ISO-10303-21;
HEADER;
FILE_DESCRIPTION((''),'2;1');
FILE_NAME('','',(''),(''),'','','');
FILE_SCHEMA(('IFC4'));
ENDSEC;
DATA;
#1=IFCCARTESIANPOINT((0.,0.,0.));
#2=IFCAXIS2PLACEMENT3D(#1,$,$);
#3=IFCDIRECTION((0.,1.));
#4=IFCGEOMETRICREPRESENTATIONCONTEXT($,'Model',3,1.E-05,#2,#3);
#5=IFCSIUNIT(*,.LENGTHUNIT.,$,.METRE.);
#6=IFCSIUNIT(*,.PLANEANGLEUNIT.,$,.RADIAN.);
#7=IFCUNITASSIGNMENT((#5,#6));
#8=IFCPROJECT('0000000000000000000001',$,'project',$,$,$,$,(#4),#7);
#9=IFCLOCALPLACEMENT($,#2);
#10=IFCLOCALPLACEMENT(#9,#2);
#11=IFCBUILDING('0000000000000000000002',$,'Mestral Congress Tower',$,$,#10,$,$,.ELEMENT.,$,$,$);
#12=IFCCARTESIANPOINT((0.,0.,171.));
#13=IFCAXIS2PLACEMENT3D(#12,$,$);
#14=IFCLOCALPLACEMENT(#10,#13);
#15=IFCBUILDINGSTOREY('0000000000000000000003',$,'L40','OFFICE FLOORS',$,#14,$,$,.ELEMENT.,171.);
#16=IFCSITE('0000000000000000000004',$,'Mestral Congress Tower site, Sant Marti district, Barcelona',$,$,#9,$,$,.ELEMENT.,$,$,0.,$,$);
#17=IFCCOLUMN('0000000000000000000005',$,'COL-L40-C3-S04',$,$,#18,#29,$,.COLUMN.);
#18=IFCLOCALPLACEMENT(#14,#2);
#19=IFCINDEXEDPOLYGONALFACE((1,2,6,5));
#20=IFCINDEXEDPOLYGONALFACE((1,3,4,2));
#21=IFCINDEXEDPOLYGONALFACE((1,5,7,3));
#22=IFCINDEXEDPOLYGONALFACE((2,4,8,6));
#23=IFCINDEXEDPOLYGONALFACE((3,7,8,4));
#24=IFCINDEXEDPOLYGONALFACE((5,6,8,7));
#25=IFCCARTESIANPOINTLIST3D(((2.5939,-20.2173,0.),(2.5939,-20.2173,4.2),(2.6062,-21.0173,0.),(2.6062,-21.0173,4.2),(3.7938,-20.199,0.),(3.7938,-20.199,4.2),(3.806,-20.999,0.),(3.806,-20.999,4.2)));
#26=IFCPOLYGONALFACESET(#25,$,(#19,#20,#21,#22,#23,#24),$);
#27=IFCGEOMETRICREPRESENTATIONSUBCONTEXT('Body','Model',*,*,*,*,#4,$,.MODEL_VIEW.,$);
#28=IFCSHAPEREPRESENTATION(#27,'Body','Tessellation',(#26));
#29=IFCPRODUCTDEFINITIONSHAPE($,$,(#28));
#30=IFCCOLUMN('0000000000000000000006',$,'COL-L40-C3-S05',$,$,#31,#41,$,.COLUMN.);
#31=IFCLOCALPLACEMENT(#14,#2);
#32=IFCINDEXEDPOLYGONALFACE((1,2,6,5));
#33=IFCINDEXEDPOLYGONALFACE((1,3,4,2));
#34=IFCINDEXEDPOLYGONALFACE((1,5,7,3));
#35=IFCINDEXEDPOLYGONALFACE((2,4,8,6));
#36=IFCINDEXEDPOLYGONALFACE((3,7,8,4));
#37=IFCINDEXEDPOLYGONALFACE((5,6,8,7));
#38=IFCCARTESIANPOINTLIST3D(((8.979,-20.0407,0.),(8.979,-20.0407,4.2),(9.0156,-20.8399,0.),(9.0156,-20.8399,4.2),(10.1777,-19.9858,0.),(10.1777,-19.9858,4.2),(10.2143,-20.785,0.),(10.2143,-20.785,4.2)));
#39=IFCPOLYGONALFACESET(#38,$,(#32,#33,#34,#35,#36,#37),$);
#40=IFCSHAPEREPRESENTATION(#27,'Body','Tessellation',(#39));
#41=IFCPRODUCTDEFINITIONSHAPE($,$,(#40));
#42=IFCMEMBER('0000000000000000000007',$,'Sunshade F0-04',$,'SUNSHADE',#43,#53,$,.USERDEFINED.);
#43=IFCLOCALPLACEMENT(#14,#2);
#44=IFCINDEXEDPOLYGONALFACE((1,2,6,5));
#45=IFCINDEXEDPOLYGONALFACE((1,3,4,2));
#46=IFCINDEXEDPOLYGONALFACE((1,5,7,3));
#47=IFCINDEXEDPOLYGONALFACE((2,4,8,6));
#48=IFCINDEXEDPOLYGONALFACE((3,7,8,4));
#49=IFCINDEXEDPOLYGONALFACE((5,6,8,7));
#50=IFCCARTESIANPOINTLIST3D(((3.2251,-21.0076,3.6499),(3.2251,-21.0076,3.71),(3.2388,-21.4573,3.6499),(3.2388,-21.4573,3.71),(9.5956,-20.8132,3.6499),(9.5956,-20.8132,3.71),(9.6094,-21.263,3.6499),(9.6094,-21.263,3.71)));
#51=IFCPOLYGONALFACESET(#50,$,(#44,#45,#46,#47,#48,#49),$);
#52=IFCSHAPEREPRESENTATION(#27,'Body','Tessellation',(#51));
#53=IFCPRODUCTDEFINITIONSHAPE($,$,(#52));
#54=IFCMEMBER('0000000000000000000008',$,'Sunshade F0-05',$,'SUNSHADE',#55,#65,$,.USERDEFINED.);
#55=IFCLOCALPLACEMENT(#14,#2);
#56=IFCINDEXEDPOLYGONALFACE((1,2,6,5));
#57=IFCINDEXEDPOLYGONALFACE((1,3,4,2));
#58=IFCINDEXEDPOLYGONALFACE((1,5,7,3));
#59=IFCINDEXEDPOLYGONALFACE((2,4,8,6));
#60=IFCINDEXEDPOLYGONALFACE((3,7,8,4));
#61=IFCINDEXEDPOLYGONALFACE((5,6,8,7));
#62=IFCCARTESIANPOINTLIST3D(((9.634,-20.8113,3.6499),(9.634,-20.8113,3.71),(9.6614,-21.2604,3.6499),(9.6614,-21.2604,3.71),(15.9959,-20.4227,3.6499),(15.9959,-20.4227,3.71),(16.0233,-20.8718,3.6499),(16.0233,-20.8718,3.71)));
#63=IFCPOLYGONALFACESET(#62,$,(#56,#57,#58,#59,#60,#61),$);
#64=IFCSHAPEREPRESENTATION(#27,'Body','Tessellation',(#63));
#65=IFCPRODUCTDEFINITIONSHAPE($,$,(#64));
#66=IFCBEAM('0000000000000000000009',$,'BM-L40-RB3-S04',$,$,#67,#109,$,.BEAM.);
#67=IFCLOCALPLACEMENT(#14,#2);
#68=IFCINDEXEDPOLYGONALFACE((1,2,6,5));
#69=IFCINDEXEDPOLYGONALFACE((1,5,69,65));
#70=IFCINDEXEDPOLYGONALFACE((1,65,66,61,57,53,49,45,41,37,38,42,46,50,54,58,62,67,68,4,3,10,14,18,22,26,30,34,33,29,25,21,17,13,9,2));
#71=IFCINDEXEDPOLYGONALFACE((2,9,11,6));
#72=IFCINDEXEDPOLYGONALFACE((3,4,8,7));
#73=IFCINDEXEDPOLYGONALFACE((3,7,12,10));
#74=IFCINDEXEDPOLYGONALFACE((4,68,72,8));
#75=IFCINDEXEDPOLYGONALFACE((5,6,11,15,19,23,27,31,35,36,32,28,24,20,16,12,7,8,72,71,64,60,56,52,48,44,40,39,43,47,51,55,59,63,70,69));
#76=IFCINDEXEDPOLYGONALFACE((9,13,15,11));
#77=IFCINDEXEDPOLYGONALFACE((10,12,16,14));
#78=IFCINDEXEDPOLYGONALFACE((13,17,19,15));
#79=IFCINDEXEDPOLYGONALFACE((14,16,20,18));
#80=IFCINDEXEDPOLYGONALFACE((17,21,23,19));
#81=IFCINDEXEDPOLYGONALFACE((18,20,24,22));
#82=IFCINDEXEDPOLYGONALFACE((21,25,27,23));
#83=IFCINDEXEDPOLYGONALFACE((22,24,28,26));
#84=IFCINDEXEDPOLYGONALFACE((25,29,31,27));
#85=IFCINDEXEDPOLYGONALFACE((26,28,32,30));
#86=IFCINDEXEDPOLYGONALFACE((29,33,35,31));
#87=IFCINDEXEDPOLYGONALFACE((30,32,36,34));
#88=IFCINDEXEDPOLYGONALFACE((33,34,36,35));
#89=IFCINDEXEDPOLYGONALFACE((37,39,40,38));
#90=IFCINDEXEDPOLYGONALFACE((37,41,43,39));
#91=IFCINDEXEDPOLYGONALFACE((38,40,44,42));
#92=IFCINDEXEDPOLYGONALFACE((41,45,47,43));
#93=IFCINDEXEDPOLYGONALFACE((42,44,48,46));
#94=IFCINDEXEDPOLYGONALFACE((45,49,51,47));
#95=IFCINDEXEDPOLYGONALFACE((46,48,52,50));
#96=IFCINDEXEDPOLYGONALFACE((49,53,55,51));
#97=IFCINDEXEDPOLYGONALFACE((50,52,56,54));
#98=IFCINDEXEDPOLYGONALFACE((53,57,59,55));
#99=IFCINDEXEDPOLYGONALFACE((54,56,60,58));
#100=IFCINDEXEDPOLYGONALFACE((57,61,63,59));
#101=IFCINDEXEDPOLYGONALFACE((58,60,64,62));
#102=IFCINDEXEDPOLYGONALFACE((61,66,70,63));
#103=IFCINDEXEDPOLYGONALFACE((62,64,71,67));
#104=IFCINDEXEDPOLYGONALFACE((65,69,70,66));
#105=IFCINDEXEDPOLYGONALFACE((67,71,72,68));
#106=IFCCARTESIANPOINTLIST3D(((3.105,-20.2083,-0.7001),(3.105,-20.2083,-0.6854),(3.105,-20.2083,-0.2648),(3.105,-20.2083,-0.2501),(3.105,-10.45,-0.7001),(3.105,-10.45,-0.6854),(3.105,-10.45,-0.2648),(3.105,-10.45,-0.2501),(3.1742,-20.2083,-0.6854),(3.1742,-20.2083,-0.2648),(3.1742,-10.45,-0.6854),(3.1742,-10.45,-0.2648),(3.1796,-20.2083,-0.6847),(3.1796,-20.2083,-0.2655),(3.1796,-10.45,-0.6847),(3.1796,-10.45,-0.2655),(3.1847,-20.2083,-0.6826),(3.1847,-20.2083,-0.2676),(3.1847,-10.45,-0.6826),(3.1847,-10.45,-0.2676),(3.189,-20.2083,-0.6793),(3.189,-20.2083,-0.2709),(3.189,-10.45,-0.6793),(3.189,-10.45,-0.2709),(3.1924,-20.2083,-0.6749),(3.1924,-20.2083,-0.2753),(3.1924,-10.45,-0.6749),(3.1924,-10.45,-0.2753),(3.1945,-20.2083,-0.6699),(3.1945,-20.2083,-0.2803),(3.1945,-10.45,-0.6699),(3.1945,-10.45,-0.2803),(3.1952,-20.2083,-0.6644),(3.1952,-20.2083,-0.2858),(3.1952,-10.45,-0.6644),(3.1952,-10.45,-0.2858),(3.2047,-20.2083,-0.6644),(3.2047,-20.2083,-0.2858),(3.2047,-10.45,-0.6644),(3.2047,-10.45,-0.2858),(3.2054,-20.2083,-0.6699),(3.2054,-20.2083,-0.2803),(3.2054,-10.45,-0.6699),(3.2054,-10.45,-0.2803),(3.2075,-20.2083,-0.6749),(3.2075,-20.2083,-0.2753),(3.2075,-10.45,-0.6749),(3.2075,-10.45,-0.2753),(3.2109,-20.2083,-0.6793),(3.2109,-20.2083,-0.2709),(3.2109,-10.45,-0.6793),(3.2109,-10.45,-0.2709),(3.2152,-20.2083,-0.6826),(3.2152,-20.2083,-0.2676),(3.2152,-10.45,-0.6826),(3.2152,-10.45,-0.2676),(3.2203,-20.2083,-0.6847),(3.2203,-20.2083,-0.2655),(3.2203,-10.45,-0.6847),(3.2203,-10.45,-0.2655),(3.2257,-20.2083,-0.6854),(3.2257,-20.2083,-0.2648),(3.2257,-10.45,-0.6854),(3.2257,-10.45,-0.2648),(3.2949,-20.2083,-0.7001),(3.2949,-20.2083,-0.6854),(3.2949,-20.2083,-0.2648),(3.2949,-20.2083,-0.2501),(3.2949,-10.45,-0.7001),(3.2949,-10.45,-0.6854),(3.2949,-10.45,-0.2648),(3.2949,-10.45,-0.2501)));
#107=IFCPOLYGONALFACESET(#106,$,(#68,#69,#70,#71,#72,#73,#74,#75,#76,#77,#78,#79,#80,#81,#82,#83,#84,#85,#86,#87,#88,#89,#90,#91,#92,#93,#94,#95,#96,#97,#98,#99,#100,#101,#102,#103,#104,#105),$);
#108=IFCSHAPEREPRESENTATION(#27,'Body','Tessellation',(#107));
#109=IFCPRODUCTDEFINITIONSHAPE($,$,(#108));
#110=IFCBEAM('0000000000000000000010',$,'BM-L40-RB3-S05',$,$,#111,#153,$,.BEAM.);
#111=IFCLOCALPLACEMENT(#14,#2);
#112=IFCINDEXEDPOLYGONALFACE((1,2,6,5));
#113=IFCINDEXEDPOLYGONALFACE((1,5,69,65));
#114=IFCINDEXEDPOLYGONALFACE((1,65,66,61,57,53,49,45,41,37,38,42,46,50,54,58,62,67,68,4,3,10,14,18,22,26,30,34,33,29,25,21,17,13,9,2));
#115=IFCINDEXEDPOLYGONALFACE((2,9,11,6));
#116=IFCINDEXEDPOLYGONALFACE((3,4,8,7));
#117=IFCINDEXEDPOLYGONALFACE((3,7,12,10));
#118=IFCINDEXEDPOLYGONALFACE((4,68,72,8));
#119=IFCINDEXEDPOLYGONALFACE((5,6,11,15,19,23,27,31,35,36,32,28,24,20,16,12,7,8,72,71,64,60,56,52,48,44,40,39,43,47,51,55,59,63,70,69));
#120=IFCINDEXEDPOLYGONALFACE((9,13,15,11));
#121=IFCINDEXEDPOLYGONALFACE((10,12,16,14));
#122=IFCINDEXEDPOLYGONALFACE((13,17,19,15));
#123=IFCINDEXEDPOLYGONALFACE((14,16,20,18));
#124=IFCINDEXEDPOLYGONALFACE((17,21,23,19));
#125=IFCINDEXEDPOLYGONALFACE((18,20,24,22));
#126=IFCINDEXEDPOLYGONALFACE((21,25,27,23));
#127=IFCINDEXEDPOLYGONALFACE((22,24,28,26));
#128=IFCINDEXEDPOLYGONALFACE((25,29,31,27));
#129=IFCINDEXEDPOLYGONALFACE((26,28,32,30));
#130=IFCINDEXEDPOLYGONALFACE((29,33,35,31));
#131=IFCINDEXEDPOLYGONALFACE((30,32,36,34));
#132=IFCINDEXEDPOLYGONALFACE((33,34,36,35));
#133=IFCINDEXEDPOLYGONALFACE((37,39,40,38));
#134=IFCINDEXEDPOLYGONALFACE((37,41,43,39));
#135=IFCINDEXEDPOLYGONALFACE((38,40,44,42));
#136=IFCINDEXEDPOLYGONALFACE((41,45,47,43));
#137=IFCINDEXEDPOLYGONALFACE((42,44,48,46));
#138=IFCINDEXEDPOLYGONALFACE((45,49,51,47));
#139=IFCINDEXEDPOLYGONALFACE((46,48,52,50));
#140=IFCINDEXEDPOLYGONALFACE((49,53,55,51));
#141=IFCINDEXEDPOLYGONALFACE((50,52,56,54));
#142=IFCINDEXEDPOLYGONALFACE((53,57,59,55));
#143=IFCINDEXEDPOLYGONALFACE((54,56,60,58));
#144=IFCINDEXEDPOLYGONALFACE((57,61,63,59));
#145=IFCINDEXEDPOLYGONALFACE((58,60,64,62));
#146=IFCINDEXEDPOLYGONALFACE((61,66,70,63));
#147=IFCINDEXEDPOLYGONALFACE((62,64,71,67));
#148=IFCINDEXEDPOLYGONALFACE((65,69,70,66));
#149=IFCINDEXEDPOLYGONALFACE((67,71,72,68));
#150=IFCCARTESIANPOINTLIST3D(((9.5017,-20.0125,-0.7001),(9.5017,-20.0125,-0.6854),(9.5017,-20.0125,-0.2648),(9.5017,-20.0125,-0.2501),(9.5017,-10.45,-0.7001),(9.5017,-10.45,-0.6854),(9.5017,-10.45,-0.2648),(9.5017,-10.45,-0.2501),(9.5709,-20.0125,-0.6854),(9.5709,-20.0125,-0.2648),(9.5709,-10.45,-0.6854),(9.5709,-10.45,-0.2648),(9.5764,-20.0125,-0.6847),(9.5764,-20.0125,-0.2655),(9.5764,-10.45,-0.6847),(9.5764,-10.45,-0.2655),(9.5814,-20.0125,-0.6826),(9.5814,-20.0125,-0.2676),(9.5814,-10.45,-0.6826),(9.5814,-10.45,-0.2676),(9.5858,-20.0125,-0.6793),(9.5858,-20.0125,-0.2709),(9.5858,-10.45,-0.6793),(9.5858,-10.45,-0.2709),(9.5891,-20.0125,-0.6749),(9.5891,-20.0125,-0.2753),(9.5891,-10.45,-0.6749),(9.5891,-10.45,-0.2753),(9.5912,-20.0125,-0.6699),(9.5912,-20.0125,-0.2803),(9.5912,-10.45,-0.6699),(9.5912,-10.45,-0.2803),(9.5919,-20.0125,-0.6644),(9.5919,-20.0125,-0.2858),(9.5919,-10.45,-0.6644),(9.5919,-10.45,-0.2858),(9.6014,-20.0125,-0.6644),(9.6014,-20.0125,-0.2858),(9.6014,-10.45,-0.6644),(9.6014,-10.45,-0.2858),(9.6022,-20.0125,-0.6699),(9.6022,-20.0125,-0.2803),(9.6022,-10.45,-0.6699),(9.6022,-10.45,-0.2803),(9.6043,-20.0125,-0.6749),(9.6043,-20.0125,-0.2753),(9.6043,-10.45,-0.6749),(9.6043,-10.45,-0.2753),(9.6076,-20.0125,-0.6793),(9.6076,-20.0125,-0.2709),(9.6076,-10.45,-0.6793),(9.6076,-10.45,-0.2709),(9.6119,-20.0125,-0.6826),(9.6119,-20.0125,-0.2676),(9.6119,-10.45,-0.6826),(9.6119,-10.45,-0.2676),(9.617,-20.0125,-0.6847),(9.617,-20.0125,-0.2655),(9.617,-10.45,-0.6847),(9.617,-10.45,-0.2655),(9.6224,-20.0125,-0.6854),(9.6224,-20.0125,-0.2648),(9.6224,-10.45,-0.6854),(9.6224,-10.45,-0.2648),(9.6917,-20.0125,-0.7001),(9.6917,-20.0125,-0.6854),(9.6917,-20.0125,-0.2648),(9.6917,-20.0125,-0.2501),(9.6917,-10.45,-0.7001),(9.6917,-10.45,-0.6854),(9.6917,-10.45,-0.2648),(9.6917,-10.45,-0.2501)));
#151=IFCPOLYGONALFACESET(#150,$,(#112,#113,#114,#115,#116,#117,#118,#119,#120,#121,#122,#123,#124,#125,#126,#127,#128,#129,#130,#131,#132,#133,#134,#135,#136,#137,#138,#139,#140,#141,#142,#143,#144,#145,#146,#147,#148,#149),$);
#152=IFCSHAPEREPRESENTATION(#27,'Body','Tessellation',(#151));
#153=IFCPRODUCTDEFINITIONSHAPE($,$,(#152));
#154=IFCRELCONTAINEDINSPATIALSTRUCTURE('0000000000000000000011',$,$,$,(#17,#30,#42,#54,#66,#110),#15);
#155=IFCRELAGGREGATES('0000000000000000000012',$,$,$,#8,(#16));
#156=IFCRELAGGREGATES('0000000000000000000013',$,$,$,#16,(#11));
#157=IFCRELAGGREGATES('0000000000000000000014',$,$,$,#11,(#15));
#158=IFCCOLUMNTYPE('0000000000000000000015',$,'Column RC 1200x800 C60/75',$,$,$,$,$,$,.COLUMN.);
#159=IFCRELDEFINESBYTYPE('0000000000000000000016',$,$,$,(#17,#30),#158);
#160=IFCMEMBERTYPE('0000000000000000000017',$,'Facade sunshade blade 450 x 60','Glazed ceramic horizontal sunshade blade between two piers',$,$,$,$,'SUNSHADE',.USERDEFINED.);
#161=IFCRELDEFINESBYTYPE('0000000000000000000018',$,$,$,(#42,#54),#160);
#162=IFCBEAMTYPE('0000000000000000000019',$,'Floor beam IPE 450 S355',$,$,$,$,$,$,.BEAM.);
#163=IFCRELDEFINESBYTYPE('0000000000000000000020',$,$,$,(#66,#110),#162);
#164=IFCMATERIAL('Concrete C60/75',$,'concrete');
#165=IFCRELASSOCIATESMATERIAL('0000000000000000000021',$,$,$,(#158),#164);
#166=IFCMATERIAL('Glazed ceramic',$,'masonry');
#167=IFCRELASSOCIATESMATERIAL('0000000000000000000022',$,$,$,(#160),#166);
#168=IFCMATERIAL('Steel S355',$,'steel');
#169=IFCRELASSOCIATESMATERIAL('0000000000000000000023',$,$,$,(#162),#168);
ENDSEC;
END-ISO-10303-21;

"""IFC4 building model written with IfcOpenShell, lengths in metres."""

from ifc_helpers import new_model, si_unit, direction, frame, origin, origin_2d, place, context, subcontext, project, spatial, rectangle, i_section, extrude, material, material_profile, profile_set, type_object, element, save


model = new_model("IFC4")

# Units and contexts
model_context = context("Model", 3, precision=1e-05, world=origin(), true_north=direction((0.0, 1.0)))
body_context = subcontext(model_context, "Body", "Model", "MODEL_VIEW")
ifc_project = project(units=[si_unit("LENGTHUNIT", "METRE"), si_unit("PLANEANGLEUNIT", "RADIAN")], contexts=[model_context])

# Site, building, storey
site_placement = place(None, origin())
site = spatial("IfcSite", under=ifc_project, at=site_placement, Name="Mestral Congress Tower site, Sant Marti district, Barcelona", CompositionType="ELEMENT", RefElevation=0.0)
building_placement = place(site_placement, origin())
building = spatial("IfcBuilding", under=site, at=building_placement, Name="Mestral Congress Tower", CompositionType="ELEMENT")
storey_placement = place(building_placement, frame((0.0, 0.0, 171.0)))
storey = spatial("IfcBuildingStorey", under=building, at=storey_placement, Name="L40", Description="OFFICE FLOORS", CompositionType="ELEMENT", Elevation=171.0)

# Columns
ifc_material_1 = material(Name="Concrete C60/75", Category="concrete")
ifc_material_profile_1 = material_profile(ifc_material_1, rectangle(XDim=1.2, YDim=0.8, at=origin_2d()), Name="RC 1200x800")
ifc_profile_set_1 = profile_set([ifc_material_profile_1], Name="Concrete C60/75")
column_type = type_object("IfcColumnType", Name="Column RC 1200x800 C60/75", PredefinedType="COLUMN", material=ifc_profile_set_1)
for number, where, z_axis, x_axis, name in (
    (1, (3.2, -20.6082, 0.0), (0.0, 0.0, 1.0), (0.999884, 0.015262, 0.0), "COL-L40-C3-S04"),
    (2, (9.5967, -20.4128, 0.0), (0.0, 0.0, 1.0), (0.998952, 0.045771, 0.0), "COL-L40-C3-S05"),
):
    element("IfcColumn", number, at=place(storey_placement, frame(where, z_axis=z_axis, x_axis=x_axis)), inside=storey, type_object=column_type, Name=name, PredefinedType="COLUMN", context=body_context, shape_type="SweptSolid", body=[
        extrude(rectangle(XDim=1.2, YDim=0.8, at=origin_2d()), origin(), (0.0, 0.0, 1.0), 4.2),
    ])

# Members
ifc_material_2 = material(Name="Glazed ceramic", Category="masonry")
ifc_material_profile_2 = material_profile(ifc_material_2, rectangle(XDim=0.45, YDim=0.0601, at=origin_2d()), Name="Ceramic blade 450 x 60")
ifc_profile_set_2 = profile_set([ifc_material_profile_2], Name="Glazed ceramic")
member_type = type_object("IfcMemberType", Name="Facade sunshade blade 450 x 60", Description="Glazed ceramic horizontal sunshade blade between two piers", ElementType="SUNSHADE", PredefinedType="USERDEFINED", material=ifc_profile_set_2)
member_1_placement = place(storey_placement, frame((3.2319, -21.2324, 3.6799), z_axis=(0.999535, 0.030491, 0.0), x_axis=(-0.030491, 0.999535, 0.0)))
element("IfcMember", 3, at=member_1_placement, inside=storey, type_object=member_type, Name="Sunshade F0-04", ObjectType="SUNSHADE", PredefinedType="USERDEFINED", context=body_context, shape_type="SweptSolid", body=[
    extrude(rectangle(XDim=0.45, YDim=0.0601, at=origin_2d()), origin(), (0.0, 0.0, 1.0), 6.3735),
])
member_2_placement = place(storey_placement, frame((9.6477, -21.0359, 3.6799), z_axis=(0.998139, 0.060981, 0.0), x_axis=(-0.060981, 0.998139, 0.0)))
element("IfcMember", 4, at=member_2_placement, inside=storey, type_object=member_type, Name="Sunshade F0-05", ObjectType="SUNSHADE", PredefinedType="USERDEFINED", context=body_context, shape_type="SweptSolid", body=[
    extrude(rectangle(XDim=0.45, YDim=0.0601, at=origin_2d()), origin(), (0.0, 0.0, 1.0), 6.3738),
])

# Beams
ifc_material_3 = material(Name="Steel S355", Category="steel")
ifc_material_profile_3 = material_profile(ifc_material_3, i_section(OverallWidth=0.1899, OverallDepth=0.45, WebThickness=0.0095, FlangeThickness=0.0146, FilletRadius=0.021, at=origin_2d()), Name="IPE 450")
ifc_profile_set_3 = profile_set([ifc_material_profile_3], Name="Steel S355")
beam_type_1 = type_object("IfcBeamType", Name="Floor beam IPE 450 S355", PredefinedType="BEAM", material=ifc_profile_set_3)
beam_1_placement = place(storey_placement, frame((3.2, -20.2083, -0.4751), z_axis=(0.0, 1.0, 0.0), x_axis=(-1.0, 0.0, 0.0)))
element("IfcBeam", 5, at=beam_1_placement, inside=storey, type_object=beam_type_1, Name="BM-L40-RB3-S04", PredefinedType="BEAM", context=body_context, shape_type="SweptSolid", body=[
    extrude(i_section(OverallWidth=0.1899, OverallDepth=0.45, WebThickness=0.0095, FlangeThickness=0.0146, FilletRadius=0.021, at=origin_2d()), origin(), (0.0, 0.0, 1.0), 9.7583),
])
beam_2_placement = place(storey_placement, frame((9.5967, -20.0125, -0.4751), z_axis=(0.0, 1.0, 0.0), x_axis=(-1.0, 0.0, 0.0)))
element("IfcBeam", 6, at=beam_2_placement, inside=storey, type_object=beam_type_1, Name="BM-L40-RB3-S05", PredefinedType="BEAM", context=body_context, shape_type="SweptSolid", body=[
    extrude(i_section(OverallWidth=0.1899, OverallDepth=0.45, WebThickness=0.0095, FlangeThickness=0.0146, FilletRadius=0.021, at=origin_2d()), origin(), (0.0, 0.0, 1.0), 9.5625),
])

save(model, "model.ifc")
